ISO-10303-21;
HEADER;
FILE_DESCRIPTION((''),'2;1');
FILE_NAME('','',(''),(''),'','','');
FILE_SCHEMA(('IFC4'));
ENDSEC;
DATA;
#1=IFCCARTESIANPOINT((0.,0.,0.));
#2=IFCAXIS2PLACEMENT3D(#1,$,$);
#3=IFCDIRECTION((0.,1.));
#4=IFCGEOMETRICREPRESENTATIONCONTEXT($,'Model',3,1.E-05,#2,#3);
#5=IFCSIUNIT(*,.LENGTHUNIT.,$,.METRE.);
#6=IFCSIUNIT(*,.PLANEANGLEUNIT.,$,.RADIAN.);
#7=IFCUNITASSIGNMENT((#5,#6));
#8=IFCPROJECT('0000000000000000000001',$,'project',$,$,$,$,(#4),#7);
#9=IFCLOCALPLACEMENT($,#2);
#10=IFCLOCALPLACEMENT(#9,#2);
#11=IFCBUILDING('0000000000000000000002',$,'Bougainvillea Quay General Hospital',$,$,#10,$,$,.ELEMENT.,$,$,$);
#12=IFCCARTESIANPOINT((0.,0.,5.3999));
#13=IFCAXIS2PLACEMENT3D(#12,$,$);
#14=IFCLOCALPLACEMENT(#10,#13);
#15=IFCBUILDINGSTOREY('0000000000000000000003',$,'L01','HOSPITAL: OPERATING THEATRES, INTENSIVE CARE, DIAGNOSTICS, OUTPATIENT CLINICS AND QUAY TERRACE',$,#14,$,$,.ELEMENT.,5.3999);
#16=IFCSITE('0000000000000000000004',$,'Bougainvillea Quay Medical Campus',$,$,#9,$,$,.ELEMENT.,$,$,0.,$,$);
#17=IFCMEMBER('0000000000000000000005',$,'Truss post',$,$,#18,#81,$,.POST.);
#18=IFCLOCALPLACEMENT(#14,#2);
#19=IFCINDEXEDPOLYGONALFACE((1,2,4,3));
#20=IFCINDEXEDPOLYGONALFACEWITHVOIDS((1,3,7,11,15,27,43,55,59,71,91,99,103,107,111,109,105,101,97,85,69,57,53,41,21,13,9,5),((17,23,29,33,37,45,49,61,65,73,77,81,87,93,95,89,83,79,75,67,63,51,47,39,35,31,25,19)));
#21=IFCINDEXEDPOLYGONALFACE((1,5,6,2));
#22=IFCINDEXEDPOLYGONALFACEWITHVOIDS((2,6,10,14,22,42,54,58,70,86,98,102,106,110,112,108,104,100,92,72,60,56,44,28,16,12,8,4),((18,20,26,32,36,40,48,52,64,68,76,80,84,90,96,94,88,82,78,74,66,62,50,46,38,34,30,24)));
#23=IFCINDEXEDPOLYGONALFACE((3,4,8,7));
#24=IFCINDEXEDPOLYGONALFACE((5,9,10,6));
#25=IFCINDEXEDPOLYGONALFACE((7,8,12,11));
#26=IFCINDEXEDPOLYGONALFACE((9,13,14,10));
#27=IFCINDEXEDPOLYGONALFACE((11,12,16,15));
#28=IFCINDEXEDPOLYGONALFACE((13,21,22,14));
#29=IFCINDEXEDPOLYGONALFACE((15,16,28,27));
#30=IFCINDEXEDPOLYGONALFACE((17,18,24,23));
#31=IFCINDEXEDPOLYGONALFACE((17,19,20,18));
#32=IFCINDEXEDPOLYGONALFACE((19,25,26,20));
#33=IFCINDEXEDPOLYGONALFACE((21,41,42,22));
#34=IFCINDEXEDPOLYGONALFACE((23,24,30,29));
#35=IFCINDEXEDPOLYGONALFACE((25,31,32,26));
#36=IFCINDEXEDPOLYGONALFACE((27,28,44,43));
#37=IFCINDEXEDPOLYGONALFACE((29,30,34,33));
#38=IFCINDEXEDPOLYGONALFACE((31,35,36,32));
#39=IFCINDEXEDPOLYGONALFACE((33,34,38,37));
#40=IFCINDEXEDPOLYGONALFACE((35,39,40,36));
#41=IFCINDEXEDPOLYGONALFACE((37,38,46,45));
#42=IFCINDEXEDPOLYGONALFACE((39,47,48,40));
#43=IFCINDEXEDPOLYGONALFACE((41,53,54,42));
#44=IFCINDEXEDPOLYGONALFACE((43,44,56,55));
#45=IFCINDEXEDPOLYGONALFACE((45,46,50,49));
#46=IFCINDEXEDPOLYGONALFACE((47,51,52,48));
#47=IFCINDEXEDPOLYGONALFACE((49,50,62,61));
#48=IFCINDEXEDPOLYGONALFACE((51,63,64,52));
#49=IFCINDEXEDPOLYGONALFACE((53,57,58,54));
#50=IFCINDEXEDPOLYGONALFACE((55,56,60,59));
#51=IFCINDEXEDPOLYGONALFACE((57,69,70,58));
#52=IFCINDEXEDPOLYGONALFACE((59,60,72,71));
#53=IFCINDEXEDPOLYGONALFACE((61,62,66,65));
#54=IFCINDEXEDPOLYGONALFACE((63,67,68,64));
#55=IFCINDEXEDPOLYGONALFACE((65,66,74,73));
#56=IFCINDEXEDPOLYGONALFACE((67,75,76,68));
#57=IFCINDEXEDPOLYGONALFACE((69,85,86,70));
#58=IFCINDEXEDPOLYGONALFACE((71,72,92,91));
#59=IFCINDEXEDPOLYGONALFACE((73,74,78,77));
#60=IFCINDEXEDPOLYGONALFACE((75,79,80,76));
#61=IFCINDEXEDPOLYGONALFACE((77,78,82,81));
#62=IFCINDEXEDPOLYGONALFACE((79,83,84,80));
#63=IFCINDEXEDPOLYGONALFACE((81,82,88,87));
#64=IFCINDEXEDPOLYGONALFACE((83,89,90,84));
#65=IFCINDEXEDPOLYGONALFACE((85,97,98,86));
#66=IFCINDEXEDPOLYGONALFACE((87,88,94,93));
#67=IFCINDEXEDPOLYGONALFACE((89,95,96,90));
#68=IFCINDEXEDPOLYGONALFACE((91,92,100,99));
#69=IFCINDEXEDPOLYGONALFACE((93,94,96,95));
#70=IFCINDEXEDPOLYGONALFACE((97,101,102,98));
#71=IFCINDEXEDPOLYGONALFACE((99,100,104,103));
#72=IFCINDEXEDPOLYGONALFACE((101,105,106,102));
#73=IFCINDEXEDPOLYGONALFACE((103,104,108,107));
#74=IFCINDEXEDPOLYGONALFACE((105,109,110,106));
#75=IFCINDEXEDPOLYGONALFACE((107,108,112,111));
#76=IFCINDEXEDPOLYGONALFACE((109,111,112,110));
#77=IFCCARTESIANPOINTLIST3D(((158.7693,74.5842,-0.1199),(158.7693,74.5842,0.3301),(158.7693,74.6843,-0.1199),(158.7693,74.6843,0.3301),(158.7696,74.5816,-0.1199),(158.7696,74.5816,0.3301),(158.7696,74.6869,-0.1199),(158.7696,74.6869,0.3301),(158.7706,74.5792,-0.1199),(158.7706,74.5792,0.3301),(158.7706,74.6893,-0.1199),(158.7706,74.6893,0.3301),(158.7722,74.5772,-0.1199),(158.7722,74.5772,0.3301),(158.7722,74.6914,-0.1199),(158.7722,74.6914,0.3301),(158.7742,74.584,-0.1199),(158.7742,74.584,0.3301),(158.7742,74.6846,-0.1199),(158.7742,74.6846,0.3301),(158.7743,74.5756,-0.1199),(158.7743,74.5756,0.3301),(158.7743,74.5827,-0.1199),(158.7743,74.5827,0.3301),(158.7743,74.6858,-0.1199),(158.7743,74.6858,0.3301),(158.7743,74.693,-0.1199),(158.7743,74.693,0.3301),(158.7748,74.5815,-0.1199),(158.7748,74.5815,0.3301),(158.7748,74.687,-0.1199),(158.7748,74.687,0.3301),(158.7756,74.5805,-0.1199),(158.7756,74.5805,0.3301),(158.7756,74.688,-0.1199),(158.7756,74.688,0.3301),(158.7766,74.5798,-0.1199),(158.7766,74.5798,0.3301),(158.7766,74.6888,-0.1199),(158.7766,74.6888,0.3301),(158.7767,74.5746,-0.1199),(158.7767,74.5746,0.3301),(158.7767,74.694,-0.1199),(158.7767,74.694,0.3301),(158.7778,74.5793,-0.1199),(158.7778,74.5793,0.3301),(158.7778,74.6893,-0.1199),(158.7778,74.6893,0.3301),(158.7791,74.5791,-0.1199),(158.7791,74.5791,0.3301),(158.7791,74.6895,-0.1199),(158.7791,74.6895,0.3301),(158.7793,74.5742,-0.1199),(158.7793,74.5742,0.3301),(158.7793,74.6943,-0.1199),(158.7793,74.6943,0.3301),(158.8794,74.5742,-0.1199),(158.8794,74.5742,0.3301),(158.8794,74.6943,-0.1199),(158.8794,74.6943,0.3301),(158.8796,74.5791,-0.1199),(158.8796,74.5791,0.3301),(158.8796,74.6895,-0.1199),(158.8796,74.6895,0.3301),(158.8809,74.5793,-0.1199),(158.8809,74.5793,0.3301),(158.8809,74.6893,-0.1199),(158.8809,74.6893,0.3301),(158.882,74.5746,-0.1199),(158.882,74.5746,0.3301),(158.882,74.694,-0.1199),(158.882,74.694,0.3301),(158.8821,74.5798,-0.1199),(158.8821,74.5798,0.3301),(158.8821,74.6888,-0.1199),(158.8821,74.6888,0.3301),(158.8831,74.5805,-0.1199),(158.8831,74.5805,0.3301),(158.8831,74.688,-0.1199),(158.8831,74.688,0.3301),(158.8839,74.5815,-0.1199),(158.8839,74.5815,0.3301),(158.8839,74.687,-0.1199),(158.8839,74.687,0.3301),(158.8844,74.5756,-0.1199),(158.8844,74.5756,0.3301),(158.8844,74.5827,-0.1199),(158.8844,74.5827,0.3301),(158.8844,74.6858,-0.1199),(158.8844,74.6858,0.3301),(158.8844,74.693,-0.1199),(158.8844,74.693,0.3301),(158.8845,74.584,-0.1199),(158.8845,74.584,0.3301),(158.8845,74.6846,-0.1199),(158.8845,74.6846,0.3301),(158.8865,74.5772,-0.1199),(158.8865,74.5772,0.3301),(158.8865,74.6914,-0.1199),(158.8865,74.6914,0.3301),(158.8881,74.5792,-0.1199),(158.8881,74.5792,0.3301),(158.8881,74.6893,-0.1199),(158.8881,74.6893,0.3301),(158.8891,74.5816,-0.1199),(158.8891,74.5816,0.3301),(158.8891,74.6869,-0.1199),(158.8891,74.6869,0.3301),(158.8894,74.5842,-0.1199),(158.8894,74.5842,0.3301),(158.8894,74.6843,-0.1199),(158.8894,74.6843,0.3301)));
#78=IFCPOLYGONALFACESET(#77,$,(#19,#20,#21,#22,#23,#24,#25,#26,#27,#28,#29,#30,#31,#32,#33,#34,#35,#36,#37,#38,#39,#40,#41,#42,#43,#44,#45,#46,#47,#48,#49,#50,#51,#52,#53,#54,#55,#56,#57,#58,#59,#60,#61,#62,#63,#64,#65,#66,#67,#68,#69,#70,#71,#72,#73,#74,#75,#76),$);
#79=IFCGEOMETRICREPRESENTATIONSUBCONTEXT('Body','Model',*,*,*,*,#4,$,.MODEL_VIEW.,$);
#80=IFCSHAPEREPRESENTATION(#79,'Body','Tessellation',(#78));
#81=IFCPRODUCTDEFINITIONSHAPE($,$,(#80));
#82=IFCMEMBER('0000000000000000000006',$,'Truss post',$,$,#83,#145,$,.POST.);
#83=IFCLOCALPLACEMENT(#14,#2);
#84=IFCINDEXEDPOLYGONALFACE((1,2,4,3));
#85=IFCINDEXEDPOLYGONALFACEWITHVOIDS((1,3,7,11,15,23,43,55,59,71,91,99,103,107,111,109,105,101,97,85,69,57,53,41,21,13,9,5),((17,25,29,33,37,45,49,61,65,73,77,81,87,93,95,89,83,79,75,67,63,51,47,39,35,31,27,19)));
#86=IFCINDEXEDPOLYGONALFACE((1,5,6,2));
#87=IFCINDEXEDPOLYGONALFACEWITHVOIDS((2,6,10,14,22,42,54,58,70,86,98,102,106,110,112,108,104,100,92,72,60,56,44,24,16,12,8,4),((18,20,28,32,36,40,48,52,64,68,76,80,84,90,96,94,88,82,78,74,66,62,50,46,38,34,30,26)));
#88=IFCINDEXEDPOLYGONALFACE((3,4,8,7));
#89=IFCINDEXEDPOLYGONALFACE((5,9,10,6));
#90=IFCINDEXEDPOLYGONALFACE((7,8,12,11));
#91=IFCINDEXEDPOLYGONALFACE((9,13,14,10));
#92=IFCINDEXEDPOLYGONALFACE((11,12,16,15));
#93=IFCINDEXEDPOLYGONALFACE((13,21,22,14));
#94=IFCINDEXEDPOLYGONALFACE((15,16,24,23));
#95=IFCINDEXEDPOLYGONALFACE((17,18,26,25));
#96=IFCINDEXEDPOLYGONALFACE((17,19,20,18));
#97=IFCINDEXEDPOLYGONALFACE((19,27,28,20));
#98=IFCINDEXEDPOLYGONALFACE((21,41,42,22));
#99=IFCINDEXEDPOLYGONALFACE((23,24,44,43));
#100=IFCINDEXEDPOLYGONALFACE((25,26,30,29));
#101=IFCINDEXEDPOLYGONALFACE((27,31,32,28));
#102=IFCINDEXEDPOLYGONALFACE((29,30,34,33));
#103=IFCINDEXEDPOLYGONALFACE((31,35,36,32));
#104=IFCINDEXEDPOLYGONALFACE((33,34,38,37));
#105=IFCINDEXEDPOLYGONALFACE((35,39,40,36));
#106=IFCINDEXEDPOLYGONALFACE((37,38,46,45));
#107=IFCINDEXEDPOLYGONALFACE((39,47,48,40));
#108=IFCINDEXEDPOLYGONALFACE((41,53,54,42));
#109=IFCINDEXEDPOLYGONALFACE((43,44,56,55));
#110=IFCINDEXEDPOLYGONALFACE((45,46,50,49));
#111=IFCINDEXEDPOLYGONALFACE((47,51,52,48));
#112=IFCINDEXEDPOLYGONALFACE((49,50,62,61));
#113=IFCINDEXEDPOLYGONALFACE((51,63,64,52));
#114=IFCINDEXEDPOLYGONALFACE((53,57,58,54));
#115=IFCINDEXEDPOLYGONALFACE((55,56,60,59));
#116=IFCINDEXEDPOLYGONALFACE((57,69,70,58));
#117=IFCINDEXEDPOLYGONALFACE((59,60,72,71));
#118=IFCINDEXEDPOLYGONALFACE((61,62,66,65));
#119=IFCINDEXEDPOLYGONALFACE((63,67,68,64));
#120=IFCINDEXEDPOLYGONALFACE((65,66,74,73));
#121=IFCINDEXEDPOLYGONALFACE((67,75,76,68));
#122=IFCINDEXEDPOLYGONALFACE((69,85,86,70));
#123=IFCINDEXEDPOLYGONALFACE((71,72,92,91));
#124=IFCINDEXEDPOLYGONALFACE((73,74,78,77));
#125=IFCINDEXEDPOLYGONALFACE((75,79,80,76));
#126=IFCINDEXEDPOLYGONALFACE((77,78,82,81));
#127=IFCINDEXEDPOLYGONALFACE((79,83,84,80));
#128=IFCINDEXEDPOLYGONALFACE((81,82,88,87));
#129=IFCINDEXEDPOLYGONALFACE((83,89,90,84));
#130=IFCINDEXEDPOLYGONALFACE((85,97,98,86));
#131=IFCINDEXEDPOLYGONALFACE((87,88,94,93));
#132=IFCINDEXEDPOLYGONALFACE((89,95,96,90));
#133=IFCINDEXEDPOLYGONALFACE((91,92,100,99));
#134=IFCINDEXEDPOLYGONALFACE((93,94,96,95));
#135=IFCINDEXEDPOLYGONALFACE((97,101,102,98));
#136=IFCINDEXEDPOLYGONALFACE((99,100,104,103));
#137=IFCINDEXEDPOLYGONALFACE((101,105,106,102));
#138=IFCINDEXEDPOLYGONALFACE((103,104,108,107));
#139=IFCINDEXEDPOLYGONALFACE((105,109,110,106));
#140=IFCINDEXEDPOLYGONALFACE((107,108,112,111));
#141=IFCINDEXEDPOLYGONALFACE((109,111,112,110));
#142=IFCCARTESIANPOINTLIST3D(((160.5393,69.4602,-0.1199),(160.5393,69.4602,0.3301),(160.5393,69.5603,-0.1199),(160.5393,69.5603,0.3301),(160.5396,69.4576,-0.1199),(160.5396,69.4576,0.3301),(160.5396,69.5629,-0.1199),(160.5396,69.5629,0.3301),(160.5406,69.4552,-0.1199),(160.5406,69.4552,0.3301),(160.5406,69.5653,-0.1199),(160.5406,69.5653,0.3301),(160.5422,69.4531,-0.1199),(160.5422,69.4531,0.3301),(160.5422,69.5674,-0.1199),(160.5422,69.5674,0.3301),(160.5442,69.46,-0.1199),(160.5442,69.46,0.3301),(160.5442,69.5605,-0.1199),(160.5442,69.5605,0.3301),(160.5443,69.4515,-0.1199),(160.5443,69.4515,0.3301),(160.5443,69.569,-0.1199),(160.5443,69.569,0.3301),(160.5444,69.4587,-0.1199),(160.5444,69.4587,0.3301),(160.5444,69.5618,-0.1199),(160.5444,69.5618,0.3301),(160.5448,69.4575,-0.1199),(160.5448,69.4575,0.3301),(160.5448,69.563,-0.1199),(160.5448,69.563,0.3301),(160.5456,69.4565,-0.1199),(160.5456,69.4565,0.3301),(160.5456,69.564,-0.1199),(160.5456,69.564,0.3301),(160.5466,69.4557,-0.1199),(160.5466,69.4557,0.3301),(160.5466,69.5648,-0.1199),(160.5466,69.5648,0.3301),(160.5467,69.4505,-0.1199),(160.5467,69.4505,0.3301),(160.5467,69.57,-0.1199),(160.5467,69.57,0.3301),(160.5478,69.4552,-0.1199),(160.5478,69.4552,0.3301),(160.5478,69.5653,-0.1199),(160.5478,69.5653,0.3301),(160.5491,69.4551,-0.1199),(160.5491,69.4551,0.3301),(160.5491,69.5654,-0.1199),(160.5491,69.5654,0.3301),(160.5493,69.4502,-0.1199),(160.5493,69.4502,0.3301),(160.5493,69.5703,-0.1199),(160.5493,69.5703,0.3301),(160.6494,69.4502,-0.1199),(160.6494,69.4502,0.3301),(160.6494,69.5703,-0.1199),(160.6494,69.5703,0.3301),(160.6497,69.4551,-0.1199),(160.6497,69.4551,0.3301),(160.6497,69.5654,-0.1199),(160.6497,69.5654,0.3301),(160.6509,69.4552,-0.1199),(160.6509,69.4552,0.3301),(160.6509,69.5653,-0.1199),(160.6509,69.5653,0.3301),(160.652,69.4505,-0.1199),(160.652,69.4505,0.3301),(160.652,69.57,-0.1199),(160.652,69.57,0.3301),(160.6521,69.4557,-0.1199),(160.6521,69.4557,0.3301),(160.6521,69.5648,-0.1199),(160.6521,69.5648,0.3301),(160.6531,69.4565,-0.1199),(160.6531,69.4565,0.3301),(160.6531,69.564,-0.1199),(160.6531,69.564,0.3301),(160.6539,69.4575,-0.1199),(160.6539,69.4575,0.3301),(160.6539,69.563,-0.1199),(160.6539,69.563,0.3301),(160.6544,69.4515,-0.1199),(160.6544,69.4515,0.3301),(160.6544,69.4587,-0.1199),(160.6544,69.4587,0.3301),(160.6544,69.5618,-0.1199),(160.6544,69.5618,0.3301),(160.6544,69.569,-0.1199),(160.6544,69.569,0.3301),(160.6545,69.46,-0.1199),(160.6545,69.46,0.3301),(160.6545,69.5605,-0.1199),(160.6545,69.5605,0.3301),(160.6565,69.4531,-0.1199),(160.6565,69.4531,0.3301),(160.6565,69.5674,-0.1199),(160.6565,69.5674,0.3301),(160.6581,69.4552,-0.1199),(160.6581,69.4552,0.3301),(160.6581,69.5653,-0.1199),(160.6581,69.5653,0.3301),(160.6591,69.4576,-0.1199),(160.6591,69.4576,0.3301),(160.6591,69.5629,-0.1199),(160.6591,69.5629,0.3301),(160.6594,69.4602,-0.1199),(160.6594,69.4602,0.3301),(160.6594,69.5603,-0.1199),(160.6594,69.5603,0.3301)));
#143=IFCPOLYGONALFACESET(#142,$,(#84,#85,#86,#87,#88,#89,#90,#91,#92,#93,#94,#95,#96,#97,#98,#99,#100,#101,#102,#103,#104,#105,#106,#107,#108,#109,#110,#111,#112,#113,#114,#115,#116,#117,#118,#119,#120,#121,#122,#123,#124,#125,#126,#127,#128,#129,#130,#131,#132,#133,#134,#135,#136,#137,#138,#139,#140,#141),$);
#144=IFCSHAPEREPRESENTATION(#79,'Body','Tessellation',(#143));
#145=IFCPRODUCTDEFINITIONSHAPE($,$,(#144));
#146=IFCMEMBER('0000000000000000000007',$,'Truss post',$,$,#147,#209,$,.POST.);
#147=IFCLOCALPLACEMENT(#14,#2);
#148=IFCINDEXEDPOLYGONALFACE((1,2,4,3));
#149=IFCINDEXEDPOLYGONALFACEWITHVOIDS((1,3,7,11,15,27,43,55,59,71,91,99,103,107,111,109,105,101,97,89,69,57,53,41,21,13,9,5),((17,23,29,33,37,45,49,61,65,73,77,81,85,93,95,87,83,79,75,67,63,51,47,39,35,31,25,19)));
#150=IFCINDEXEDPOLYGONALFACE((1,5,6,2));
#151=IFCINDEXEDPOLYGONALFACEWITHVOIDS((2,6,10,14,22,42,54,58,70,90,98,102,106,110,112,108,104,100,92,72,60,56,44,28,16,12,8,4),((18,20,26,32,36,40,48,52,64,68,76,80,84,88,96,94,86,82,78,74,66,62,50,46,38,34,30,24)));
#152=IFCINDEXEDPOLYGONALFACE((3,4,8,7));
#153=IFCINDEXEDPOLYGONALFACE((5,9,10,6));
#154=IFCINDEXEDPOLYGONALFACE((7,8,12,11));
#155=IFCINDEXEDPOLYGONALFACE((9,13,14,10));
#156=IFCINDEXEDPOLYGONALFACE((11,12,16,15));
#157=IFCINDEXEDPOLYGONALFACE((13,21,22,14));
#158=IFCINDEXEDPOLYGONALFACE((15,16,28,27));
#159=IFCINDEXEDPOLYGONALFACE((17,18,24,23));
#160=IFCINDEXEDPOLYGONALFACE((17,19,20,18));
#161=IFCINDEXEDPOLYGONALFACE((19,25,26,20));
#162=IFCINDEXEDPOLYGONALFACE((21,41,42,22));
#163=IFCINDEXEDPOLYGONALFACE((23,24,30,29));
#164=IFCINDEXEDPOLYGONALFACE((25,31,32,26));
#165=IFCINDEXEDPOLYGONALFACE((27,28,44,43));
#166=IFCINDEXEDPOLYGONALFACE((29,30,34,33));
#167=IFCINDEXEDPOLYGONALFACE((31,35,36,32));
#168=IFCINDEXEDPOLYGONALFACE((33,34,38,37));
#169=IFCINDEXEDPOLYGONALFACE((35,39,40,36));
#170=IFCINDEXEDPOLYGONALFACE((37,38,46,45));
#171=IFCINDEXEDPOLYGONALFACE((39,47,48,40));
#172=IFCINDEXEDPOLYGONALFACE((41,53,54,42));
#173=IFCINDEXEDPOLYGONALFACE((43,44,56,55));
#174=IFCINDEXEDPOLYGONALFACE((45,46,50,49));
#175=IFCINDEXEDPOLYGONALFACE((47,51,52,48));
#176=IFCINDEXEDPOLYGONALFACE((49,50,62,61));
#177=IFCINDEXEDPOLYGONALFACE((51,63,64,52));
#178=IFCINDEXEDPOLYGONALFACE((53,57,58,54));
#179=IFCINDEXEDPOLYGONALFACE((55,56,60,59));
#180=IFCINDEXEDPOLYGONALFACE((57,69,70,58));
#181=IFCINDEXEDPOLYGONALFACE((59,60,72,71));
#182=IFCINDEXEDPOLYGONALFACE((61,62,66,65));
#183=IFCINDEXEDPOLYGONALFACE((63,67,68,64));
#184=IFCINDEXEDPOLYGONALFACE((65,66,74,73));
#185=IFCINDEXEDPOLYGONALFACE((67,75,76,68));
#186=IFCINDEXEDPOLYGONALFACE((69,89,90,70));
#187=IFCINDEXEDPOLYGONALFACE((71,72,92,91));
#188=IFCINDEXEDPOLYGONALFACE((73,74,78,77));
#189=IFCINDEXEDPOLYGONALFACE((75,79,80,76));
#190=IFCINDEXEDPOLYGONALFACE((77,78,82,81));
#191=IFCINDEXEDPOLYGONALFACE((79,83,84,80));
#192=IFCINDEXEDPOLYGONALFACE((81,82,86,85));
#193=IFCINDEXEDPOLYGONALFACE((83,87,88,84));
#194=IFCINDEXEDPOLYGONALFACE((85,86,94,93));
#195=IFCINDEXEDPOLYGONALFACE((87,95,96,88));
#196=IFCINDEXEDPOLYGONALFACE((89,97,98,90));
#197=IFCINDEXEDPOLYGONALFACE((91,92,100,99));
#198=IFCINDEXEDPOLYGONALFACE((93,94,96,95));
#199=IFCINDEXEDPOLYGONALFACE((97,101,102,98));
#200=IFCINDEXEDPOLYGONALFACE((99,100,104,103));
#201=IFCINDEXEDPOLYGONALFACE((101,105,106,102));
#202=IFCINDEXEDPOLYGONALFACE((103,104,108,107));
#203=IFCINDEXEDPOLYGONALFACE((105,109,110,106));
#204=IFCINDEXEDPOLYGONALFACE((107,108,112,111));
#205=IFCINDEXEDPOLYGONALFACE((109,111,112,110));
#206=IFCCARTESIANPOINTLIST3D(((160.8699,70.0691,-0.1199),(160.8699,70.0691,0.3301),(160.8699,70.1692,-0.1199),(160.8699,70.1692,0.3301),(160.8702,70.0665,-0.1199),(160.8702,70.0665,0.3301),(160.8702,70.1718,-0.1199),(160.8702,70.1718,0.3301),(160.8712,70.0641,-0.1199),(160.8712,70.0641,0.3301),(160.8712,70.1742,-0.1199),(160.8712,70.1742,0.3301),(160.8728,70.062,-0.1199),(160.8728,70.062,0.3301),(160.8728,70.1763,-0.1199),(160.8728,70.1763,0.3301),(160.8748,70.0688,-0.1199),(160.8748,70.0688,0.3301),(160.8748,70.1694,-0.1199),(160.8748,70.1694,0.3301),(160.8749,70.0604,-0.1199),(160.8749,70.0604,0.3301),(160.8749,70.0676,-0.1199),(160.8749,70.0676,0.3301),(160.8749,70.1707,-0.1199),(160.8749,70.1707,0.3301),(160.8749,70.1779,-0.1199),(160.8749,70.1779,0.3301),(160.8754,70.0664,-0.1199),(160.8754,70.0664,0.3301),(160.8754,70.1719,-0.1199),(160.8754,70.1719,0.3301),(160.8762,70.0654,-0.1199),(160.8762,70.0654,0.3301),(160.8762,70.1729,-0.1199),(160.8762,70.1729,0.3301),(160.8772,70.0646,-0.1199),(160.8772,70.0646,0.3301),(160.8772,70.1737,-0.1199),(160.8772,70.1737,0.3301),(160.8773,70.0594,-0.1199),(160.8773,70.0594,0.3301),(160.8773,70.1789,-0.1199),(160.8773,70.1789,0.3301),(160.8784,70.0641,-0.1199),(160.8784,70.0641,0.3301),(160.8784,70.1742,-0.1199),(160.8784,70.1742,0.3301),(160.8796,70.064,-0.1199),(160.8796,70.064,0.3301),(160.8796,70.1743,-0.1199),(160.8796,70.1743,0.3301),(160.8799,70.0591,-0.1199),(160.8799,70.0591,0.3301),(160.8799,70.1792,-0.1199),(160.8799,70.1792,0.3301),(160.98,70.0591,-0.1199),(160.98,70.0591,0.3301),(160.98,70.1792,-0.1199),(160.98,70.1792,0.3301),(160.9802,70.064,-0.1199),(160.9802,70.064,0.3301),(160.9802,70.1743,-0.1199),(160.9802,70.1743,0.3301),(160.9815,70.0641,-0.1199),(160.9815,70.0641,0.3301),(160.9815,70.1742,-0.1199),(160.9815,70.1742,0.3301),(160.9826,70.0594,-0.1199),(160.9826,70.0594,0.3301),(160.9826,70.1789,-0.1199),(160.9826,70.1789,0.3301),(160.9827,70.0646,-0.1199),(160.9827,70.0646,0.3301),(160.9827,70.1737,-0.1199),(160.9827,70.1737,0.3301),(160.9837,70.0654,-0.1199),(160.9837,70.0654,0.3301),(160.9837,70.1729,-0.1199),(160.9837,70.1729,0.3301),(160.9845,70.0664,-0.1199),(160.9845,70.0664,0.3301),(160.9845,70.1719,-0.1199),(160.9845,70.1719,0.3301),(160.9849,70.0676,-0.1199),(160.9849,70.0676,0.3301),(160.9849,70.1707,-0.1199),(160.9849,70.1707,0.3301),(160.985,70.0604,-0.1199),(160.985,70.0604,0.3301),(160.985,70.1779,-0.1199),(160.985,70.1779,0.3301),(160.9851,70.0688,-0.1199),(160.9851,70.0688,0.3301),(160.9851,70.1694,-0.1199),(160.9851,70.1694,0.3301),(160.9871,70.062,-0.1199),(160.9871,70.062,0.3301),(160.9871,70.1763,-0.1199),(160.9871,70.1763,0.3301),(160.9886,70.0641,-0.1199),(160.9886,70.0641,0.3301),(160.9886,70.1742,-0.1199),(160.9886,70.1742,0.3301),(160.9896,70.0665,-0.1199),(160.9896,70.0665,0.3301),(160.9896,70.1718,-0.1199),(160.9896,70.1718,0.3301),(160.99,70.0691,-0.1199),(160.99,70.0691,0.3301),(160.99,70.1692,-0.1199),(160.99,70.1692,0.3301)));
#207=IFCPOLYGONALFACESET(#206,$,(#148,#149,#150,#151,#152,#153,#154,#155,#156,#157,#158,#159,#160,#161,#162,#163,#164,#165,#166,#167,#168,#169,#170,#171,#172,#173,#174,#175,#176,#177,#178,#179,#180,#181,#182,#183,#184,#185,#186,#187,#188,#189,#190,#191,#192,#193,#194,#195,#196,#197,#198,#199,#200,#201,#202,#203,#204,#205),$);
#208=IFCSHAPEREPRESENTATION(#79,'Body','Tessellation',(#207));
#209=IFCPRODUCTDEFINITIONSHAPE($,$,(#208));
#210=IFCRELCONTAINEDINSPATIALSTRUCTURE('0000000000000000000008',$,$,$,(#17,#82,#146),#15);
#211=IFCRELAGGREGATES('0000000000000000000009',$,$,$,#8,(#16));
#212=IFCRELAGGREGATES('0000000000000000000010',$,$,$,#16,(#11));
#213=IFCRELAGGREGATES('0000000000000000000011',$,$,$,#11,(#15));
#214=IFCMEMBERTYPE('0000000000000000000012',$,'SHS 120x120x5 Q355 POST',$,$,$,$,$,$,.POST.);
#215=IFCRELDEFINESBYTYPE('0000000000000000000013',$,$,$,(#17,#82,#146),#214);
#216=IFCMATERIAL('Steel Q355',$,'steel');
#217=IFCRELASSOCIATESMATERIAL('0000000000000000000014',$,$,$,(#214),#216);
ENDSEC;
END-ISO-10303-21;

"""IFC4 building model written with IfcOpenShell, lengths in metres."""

from ifc_helpers import new_model, si_unit, direction, frame, origin, origin_2d, place, context, subcontext, project, spatial, hollow_rectangle, extrude, material, material_profile, profile_set, type_object, element, save


model = new_model("IFC4")

# Units and contexts
model_context = context("Model", 3, precision=1e-05, world=origin(), true_north=direction((0.0, 1.0)))
body_context = subcontext(model_context, "Body", "Model", "MODEL_VIEW")
ifc_project = project(units=[si_unit("LENGTHUNIT", "METRE"), si_unit("PLANEANGLEUNIT", "RADIAN")], contexts=[model_context])

# Site, building, storey
site_placement = place(None, origin())
site = spatial("IfcSite", under=ifc_project, at=site_placement, Name="Bougainvillea Quay Medical Campus", CompositionType="ELEMENT", RefElevation=0.0)
building_placement = place(site_placement, origin())
building = spatial("IfcBuilding", under=site, at=building_placement, Name="Bougainvillea Quay General Hospital", CompositionType="ELEMENT")
storey_placement = place(building_placement, frame((0.0, 0.0, 5.3999)))
storey = spatial("IfcBuildingStorey", under=building, at=storey_placement, Name="L01", Description="HOSPITAL: OPERATING THEATRES, INTENSIVE CARE, DIAGNOSTICS, OUTPATIENT CLINICS AND QUAY TERRACE", CompositionType="ELEMENT", Elevation=5.3999)

# Shared definitions
ifc_material_1 = material(Name="Steel Q355", Category="steel")

# Members
ifc_material_profile_1 = material_profile(ifc_material_1, hollow_rectangle(XDim=0.1201, YDim=0.1201, WallThickness=0.0049, InnerFilletRadius=0.0049, OuterFilletRadius=0.01, at=origin_2d()))
ifc_profile_set_1 = profile_set([ifc_material_profile_1], Name="Steel Q355")
member_type_1 = type_object("IfcMemberType", Name="SHS 120x120x5 Q355 POST", PredefinedType="POST", material=ifc_profile_set_1)
for number, where, z_axis, x_axis, name in (
    (1, (158.8293, 74.6343, -0.1199), (0.0, 0.0, 1.0), (1.0, 0.0, 0.0), "Truss post"),
    (2, (160.5994, 69.5103, -0.1199), (0.0, 0.0, 1.0), (1.0, 0.0, 0.0), "Truss post"),
    (3, (160.9299, 70.1191, -0.1199), (0.0, 0.0, 1.0), (1.0, 0.0, 0.0), "Truss post"),
):
    element("IfcMember", number, at=place(storey_placement, frame(where, z_axis=z_axis, x_axis=x_axis)), inside=storey, type_object=member_type_1, Name=name, PredefinedType="POST", context=body_context, shape_type="SweptSolid", body=[
        extrude(hollow_rectangle(XDim=0.1201, YDim=0.1201, WallThickness=0.0049, InnerFilletRadius=0.0049, OuterFilletRadius=0.01, at=origin_2d()), origin(), (0.0, 0.0, 1.0), 0.45),
    ])

save(model, "model.ifc")
